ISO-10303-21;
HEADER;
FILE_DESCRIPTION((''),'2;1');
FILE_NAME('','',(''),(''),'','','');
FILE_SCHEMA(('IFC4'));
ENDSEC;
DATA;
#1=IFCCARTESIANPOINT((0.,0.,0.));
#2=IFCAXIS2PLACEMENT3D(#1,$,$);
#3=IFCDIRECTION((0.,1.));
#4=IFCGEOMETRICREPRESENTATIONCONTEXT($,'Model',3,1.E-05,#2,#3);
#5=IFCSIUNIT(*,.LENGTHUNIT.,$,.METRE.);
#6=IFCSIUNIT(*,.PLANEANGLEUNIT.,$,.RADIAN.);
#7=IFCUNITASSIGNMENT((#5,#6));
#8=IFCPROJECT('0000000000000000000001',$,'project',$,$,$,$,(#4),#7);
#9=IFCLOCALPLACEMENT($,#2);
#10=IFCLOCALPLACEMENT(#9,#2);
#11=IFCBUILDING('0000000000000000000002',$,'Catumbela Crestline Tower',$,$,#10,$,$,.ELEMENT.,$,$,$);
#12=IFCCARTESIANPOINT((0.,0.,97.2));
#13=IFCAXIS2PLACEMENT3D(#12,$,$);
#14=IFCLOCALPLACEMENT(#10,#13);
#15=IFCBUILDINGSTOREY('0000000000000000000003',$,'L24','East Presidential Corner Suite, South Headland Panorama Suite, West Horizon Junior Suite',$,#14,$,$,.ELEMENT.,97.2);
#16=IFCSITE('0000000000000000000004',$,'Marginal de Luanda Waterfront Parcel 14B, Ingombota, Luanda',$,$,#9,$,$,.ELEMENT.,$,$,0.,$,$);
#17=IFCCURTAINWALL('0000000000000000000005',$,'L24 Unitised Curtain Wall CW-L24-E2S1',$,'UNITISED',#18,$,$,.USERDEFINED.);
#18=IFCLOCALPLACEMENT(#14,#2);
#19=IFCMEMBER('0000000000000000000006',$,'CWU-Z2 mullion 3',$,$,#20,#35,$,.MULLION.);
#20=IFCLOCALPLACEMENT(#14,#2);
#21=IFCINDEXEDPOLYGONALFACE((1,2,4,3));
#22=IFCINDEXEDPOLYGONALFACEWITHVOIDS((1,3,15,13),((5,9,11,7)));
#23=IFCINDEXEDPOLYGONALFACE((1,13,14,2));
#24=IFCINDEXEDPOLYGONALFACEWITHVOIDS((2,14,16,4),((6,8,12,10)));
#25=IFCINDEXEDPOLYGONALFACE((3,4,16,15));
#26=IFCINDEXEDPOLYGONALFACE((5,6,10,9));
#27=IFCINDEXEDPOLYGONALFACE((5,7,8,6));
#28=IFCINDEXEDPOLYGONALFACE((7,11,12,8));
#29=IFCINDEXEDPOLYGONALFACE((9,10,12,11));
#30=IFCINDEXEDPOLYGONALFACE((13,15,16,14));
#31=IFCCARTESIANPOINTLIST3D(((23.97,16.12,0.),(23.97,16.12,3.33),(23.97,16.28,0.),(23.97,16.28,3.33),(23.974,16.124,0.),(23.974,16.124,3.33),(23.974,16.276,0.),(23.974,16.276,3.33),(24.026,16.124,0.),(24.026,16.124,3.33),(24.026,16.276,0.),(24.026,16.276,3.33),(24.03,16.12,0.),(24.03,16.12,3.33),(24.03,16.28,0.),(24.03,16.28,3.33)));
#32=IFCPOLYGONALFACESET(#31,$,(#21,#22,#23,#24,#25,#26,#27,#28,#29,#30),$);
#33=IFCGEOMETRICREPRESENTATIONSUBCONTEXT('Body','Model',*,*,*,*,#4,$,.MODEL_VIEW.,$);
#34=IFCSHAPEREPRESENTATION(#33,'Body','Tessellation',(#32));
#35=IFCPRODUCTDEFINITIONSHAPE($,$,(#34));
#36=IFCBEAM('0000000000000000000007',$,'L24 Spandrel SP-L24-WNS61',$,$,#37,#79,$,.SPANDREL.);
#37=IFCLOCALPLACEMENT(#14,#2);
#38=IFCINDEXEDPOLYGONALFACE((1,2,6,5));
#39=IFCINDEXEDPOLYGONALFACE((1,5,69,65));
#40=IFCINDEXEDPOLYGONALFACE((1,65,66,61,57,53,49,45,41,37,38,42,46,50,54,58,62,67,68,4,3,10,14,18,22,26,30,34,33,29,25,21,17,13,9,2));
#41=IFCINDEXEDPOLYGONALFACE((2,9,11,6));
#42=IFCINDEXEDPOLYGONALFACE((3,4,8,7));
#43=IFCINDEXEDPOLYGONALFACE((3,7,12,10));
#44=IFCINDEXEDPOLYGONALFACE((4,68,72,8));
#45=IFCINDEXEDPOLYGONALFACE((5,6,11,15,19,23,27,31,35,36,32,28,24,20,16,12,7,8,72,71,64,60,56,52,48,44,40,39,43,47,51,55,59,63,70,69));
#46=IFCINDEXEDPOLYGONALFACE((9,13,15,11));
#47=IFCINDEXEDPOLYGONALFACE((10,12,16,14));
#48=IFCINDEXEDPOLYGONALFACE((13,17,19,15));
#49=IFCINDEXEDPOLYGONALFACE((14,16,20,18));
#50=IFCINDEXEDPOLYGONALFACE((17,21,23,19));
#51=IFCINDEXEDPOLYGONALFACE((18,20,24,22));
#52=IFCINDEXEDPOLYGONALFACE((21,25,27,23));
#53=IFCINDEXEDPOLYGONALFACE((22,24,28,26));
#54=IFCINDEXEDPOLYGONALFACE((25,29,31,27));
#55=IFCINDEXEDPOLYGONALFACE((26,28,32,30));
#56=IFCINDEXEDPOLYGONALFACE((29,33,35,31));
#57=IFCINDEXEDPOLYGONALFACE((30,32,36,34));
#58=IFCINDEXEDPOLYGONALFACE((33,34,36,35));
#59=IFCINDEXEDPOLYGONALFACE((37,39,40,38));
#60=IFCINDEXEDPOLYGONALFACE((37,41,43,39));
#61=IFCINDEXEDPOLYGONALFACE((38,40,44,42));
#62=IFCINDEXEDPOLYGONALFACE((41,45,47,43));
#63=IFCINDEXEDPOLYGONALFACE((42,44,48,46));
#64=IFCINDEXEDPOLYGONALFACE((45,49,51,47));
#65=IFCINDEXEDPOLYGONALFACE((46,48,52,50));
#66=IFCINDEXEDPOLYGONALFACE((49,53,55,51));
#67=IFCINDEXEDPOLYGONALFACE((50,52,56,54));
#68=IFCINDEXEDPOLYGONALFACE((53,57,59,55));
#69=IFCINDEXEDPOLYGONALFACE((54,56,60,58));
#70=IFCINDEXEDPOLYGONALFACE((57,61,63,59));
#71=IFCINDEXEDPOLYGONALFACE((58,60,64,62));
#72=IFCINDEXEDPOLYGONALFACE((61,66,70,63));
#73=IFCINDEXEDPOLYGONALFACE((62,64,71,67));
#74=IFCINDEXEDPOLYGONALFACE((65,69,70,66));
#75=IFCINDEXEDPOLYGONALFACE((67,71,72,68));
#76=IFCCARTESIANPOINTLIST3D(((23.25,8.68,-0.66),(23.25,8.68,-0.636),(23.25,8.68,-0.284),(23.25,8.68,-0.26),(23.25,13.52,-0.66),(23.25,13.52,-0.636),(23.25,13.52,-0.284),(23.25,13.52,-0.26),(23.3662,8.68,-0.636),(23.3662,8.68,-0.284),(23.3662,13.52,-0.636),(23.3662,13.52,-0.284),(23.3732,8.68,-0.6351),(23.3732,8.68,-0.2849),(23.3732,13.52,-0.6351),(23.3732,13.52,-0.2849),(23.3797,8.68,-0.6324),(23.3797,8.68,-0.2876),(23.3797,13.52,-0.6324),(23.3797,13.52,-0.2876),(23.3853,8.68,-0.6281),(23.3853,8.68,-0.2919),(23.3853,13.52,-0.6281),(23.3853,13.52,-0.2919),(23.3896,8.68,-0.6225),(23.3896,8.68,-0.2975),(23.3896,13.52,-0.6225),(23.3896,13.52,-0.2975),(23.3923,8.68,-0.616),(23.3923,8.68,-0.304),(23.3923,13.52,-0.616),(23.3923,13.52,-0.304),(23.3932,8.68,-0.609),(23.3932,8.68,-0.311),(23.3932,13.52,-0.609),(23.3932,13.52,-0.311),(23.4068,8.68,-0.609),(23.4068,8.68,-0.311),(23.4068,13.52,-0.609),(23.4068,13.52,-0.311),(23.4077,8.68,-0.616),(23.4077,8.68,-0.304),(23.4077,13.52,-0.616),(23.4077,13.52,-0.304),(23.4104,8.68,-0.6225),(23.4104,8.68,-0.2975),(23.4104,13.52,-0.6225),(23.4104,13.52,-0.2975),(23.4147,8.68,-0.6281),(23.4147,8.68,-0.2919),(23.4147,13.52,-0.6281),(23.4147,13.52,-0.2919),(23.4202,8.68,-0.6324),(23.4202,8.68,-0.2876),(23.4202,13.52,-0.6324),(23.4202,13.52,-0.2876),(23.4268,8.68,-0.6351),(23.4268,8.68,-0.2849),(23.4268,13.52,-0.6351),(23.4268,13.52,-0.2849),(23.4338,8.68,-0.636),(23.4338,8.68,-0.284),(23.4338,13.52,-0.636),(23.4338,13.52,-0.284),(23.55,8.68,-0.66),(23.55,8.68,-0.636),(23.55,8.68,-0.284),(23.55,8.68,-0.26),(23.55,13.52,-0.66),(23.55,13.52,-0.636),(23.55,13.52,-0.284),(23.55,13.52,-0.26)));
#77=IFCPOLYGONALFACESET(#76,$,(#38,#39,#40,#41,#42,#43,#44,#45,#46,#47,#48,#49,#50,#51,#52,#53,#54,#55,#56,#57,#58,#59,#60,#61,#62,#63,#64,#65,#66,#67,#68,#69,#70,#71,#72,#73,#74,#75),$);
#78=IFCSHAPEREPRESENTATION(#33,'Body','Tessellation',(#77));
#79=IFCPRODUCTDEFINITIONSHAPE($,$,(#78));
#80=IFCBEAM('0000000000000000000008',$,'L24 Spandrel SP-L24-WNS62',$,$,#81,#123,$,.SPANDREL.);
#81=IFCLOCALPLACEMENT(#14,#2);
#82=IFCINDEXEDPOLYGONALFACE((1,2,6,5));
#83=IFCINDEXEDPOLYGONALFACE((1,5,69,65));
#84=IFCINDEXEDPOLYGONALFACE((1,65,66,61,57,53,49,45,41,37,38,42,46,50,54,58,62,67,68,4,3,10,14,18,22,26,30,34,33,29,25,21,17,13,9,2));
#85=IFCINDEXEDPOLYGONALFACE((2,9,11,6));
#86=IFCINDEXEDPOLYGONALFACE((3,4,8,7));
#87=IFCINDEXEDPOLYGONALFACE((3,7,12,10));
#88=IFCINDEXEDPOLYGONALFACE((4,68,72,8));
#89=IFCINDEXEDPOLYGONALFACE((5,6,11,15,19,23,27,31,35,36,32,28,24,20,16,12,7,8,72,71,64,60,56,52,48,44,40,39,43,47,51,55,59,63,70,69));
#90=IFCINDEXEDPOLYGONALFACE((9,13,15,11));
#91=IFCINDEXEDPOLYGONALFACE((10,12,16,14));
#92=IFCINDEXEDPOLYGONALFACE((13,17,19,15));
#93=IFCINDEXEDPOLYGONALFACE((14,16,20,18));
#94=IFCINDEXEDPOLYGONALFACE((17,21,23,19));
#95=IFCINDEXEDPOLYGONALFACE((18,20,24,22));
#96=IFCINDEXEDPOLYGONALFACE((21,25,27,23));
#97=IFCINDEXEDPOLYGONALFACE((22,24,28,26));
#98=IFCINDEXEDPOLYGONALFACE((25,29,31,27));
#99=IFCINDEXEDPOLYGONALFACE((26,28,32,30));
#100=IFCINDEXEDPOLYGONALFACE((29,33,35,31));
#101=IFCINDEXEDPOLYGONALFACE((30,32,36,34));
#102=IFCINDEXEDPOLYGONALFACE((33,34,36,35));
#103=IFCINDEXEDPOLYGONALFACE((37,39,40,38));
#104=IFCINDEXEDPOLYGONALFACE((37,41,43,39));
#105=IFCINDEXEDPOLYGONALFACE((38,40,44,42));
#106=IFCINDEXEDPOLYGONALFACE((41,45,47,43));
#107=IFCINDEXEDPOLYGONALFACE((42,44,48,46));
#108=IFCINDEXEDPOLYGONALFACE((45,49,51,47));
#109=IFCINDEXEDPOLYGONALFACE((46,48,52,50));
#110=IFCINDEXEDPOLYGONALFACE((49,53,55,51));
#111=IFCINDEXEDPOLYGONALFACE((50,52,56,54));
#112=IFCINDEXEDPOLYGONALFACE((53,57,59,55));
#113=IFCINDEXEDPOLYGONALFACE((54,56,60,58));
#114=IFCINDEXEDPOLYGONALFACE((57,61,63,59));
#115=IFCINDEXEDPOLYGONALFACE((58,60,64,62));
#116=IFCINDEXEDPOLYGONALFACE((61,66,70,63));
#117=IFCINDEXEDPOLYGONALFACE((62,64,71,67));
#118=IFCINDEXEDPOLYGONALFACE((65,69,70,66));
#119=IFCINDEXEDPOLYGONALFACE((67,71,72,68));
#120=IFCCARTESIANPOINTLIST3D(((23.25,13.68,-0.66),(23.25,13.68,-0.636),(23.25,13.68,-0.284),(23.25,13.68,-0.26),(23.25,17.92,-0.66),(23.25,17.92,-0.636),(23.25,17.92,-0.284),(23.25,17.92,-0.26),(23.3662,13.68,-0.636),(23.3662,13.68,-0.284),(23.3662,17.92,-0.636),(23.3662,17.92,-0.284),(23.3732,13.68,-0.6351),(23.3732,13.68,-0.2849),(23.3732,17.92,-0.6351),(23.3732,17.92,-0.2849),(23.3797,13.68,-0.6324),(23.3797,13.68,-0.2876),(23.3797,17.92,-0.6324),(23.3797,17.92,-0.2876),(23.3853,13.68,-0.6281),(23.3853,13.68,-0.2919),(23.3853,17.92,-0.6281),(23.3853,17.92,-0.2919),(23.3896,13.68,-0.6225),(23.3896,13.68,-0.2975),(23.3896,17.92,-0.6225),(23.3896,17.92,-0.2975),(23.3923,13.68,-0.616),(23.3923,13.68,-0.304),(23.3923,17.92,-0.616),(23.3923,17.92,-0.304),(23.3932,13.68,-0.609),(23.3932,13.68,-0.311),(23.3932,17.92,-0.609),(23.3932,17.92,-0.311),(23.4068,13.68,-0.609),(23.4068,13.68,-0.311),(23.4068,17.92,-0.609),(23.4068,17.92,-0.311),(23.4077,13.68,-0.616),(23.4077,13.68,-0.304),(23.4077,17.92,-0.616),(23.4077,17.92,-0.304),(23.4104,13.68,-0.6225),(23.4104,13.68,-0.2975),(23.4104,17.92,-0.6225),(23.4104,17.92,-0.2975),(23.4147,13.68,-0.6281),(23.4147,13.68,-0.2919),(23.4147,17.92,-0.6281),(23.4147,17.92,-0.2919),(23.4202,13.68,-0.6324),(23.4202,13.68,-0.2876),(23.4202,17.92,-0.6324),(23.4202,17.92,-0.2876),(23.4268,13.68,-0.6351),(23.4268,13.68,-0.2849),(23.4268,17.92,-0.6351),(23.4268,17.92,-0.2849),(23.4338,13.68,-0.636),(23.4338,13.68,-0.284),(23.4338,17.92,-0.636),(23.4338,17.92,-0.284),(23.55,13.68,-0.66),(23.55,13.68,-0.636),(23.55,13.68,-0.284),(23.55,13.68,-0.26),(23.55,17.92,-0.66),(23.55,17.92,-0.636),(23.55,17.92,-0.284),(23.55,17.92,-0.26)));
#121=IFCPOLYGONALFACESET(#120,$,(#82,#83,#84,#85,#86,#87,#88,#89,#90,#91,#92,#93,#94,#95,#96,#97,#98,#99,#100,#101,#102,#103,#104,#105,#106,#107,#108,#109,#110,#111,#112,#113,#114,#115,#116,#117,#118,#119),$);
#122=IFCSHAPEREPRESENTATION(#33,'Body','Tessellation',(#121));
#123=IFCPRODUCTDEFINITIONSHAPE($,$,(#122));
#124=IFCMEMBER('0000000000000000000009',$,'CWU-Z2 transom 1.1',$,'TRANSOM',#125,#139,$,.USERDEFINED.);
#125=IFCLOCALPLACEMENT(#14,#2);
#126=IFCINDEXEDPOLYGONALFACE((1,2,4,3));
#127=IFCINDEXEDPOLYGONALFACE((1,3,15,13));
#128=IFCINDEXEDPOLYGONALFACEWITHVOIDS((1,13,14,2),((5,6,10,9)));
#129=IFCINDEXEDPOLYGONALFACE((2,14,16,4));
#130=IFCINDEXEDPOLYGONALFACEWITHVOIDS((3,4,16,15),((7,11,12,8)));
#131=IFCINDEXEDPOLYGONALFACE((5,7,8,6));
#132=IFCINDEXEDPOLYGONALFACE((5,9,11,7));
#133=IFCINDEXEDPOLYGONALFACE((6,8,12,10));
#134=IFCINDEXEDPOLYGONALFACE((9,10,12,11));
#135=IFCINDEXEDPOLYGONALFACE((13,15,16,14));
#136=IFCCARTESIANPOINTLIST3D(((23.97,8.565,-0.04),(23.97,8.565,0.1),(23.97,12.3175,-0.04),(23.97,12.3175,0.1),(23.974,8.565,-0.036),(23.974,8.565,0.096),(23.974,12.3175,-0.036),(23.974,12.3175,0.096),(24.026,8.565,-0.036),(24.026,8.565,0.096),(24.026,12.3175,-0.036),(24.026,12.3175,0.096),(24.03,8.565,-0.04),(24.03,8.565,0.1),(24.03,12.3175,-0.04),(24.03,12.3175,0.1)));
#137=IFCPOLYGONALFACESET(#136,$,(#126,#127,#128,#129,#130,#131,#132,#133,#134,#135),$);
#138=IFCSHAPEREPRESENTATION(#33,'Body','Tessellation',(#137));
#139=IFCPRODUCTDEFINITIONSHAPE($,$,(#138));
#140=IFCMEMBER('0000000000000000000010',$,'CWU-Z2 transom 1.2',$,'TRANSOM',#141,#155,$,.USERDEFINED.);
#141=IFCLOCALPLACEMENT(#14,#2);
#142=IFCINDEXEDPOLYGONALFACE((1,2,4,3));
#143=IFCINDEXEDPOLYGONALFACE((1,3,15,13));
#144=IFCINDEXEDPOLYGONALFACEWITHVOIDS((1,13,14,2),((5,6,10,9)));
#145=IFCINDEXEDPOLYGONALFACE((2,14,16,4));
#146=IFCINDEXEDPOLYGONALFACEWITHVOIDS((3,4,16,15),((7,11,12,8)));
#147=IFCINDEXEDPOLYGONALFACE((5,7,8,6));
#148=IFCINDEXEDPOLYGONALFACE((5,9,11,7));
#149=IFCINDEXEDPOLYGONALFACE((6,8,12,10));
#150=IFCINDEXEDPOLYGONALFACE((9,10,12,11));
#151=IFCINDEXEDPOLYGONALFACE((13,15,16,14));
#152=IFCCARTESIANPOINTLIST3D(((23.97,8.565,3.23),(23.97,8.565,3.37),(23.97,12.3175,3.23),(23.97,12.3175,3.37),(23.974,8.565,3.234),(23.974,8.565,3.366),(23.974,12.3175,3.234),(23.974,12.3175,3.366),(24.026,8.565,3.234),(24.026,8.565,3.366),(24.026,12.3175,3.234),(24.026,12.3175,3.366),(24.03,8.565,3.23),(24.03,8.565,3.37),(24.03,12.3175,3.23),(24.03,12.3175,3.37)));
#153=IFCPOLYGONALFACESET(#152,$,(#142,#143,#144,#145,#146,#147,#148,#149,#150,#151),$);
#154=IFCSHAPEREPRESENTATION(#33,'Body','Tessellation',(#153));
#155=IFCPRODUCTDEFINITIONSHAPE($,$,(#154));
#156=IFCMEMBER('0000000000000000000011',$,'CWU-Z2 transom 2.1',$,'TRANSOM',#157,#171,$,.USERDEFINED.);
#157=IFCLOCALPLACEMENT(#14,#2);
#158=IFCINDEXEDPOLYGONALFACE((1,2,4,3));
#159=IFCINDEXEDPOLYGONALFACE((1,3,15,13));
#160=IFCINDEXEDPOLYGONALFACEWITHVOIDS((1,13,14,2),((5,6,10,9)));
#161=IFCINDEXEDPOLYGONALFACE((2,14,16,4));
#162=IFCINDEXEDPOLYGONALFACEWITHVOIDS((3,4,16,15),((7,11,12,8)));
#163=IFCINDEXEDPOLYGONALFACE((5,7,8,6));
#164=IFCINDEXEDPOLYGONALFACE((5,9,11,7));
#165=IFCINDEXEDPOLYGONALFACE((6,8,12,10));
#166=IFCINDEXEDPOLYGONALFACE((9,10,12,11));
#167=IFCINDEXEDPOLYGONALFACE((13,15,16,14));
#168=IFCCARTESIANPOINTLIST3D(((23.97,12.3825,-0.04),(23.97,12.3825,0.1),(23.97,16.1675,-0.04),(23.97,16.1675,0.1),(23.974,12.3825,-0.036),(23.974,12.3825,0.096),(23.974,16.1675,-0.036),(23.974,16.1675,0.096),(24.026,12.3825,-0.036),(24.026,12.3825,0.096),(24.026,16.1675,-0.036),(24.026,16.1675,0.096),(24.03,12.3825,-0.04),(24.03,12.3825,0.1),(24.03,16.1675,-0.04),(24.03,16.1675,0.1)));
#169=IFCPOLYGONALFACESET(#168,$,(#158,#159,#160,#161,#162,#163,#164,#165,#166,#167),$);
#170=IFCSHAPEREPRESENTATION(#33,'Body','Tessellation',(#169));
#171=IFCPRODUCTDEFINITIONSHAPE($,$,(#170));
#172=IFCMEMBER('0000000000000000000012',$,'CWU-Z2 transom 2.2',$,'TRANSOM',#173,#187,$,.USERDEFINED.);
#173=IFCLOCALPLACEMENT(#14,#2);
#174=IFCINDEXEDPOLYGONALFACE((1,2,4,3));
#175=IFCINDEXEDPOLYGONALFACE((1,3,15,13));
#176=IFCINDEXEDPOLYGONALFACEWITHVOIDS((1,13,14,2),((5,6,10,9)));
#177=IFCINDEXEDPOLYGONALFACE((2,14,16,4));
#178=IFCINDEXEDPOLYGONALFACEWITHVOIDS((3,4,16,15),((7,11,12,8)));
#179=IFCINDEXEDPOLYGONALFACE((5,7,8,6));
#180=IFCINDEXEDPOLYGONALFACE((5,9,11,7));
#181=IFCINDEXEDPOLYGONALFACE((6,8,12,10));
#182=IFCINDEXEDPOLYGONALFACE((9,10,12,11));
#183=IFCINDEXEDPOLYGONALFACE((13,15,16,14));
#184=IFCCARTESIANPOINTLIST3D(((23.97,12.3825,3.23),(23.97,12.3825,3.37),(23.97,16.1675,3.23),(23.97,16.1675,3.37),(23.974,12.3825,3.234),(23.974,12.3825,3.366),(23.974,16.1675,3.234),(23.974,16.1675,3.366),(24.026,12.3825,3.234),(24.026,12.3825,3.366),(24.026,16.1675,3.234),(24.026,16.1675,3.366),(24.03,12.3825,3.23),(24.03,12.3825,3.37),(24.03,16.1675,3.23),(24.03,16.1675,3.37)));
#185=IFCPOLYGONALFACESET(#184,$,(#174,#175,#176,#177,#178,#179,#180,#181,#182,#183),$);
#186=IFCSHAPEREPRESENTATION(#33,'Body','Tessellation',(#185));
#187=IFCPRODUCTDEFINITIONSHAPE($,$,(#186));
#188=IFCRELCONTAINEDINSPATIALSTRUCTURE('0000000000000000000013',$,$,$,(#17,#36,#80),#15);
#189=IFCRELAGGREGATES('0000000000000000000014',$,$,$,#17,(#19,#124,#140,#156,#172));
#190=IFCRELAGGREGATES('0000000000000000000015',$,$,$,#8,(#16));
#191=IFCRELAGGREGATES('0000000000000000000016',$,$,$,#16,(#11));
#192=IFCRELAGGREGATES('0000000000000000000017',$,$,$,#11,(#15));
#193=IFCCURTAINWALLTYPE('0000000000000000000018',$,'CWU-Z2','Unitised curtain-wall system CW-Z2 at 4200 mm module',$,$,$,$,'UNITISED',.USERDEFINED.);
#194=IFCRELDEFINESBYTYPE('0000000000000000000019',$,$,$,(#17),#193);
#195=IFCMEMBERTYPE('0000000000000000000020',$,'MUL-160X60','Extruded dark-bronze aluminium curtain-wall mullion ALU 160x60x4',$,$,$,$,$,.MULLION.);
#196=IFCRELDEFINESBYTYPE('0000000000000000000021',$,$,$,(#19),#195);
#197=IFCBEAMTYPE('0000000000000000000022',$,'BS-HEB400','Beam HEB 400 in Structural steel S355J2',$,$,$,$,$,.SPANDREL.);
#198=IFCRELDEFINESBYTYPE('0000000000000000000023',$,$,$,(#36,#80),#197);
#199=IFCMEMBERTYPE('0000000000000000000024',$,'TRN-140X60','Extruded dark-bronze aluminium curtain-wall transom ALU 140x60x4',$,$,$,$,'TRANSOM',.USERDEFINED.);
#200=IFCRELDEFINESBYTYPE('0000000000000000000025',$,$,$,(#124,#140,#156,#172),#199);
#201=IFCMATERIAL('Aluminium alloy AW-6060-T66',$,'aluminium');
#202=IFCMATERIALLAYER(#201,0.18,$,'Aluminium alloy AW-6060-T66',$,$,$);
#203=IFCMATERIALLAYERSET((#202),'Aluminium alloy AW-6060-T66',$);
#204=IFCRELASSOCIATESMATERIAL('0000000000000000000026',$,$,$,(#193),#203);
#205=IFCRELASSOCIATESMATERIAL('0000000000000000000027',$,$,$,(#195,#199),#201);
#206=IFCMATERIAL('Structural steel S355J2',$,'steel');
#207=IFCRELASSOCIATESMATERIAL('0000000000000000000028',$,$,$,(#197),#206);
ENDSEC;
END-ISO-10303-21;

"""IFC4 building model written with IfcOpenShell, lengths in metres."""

from ifc_helpers import new_model, si_unit, direction, frame, origin, origin_2d, place, context, subcontext, project, spatial, hollow_rectangle, i_section, extrude, material, layer, layer_set, material_profile, profile_set, type_object, element, aggregate, save


model = new_model("IFC4")

# Units and contexts
model_context = context("Model", 3, precision=1e-05, world=origin(), true_north=direction((0.0, 1.0)))
body_context = subcontext(model_context, "Body", "Model", "MODEL_VIEW")
ifc_project = project(units=[si_unit("LENGTHUNIT", "METRE"), si_unit("PLANEANGLEUNIT", "RADIAN")], contexts=[model_context])

# Site, building, storey
site_placement = place(None, origin())
site = spatial("IfcSite", under=ifc_project, at=site_placement, Name="Marginal de Luanda Waterfront Parcel 14B, Ingombota, Luanda", CompositionType="ELEMENT", RefElevation=0.0)
building_placement = place(site_placement, origin())
building = spatial("IfcBuilding", under=site, at=building_placement, Name="Catumbela Crestline Tower", CompositionType="ELEMENT")
storey_placement = place(building_placement, frame((0.0, 0.0, 97.2)))
storey = spatial("IfcBuildingStorey", under=building, at=storey_placement, Name="L24", Description="East Presidential Corner Suite, South Headland Panorama Suite, West Horizon Junior Suite", CompositionType="ELEMENT", Elevation=97.2)

# Shared definitions
ifc_material_1 = material(Name="Structural steel S355J2", Category="steel")

# Shared definitions
ifc_material_2 = material(Name="Aluminium alloy AW-6060-T66", Category="aluminium")
ifc_layer_1 = layer(ifc_material_2, 0.18, Name="Aluminium alloy AW-6060-T66")
ifc_layer_set_1 = layer_set([ifc_layer_1], Name="Aluminium alloy AW-6060-T66")
curtain_wall_type = type_object("IfcCurtainWallType", Name="CWU-Z2", Description="Unitised curtain-wall system CW-Z2 at 4200 mm module", ElementType="UNITISED", PredefinedType="USERDEFINED", material=ifc_layer_set_1)
ifc_material_profile_1 = material_profile(ifc_material_2, hollow_rectangle(XDim=0.06, YDim=0.16, WallThickness=0.004, at=origin_2d()), Name="ALU 160x60x4")
ifc_profile_set_1 = profile_set([ifc_material_profile_1], Name="Aluminium alloy AW-6060-T66")
member_type_1 = type_object("IfcMemberType", Name="MUL-160X60", Description="Extruded dark-bronze aluminium curtain-wall mullion ALU 160x60x4", PredefinedType="MULLION", material=ifc_profile_set_1)

# Curtain wall, member
curtain_wall_1_placement = place(storey_placement, origin())
curtain_wall_1 = element("IfcCurtainWall", 1, at=curtain_wall_1_placement, inside=storey, type_object=curtain_wall_type, Name="L24 Unitised Curtain Wall CW-L24-E2S1", ObjectType="UNITISED", PredefinedType="USERDEFINED")
member_1_placement = place(storey_placement, frame((24.0, 16.2, 0.0), z_axis=(0.0, 0.0, 1.0), x_axis=(-1.0, 0.0, 0.0)))
member_1 = element("IfcMember", 2, at=member_1_placement, type_object=member_type_1, Name="CWU-Z2 mullion 3", PredefinedType="MULLION", context=body_context, shape_type="SweptSolid", body=[
    extrude(hollow_rectangle(XDim=0.06, YDim=0.16, WallThickness=0.004, at=origin_2d()), origin(), (0.0, 0.0, 1.0), 3.33),
])

# Beams
ifc_material_profile_2 = material_profile(ifc_material_1, i_section(OverallWidth=0.3, OverallDepth=0.4, WebThickness=0.0135, FlangeThickness=0.024, FilletRadius=0.027, at=origin_2d()), Name="HEB 400")
ifc_profile_set_2 = profile_set([ifc_material_profile_2], Name="Structural steel S355J2")
beam_type_1 = type_object("IfcBeamType", Name="BS-HEB400", Description="Beam HEB 400 in Structural steel S355J2", PredefinedType="SPANDREL", material=ifc_profile_set_2)
beam_1_placement = place(storey_placement, frame((23.4, 8.68, -0.46), z_axis=(0.0, 1.0, 0.0), x_axis=(-1.0, 0.0, 0.0)))
element("IfcBeam", 3, at=beam_1_placement, inside=storey, type_object=beam_type_1, Name="L24 Spandrel SP-L24-WNS61", PredefinedType="SPANDREL", context=body_context, shape_type="SweptSolid", body=[
    extrude(i_section(OverallWidth=0.3, OverallDepth=0.4, WebThickness=0.0135, FlangeThickness=0.024, FilletRadius=0.027, at=origin_2d()), origin(), (0.0, 0.0, 1.0), 4.84),
])
beam_2_placement = place(storey_placement, frame((23.4, 13.68, -0.46), z_axis=(0.0, 1.0, 0.0), x_axis=(-1.0, 0.0, 0.0)))
element("IfcBeam", 4, at=beam_2_placement, inside=storey, type_object=beam_type_1, Name="L24 Spandrel SP-L24-WNS62", PredefinedType="SPANDREL", context=body_context, shape_type="SweptSolid", body=[
    extrude(i_section(OverallWidth=0.3, OverallDepth=0.4, WebThickness=0.0135, FlangeThickness=0.024, FilletRadius=0.027, at=origin_2d()), origin(), (0.0, 0.0, 1.0), 4.24),
])

# Members
ifc_material_profile_3 = material_profile(ifc_material_2, hollow_rectangle(XDim=0.06, YDim=0.14, WallThickness=0.004, at=origin_2d()), Name="ALU 140x60x4")
ifc_profile_set_3 = profile_set([ifc_material_profile_3], Name="Aluminium alloy AW-6060-T66")
member_type_2 = type_object("IfcMemberType", Name="TRN-140X60", Description="Extruded dark-bronze aluminium curtain-wall transom ALU 140x60x4", ElementType="TRANSOM", PredefinedType="USERDEFINED", material=ifc_profile_set_3)
member_2_placement = place(storey_placement, frame((24.0, 8.565, 0.03), z_axis=(0.0, 1.0, 0.0), x_axis=(-1.0, 0.0, 0.0)))
member_2 = element("IfcMember", 5, at=member_2_placement, type_object=member_type_2, Name="CWU-Z2 transom 1.1", ObjectType="TRANSOM", PredefinedType="USERDEFINED", context=body_context, shape_type="SweptSolid", body=[
    extrude(hollow_rectangle(XDim=0.06, YDim=0.14, WallThickness=0.004, at=origin_2d()), origin(), (0.0, 0.0, 1.0), 3.7525),
])
member_3_placement = place(storey_placement, frame((24.0, 8.565, 3.3), z_axis=(0.0, 1.0, 0.0), x_axis=(-1.0, 0.0, 0.0)))
member_3 = element("IfcMember", 6, at=member_3_placement, type_object=member_type_2, Name="CWU-Z2 transom 1.2", ObjectType="TRANSOM", PredefinedType="USERDEFINED", context=body_context, shape_type="SweptSolid", body=[
    extrude(hollow_rectangle(XDim=0.06, YDim=0.14, WallThickness=0.004, at=origin_2d()), origin(), (0.0, 0.0, 1.0), 3.7525),
])
member_4_placement = place(storey_placement, frame((24.0, 12.3825, 0.03), z_axis=(0.0, 1.0, 0.0), x_axis=(-1.0, 0.0, 0.0)))
member_4 = element("IfcMember", 7, at=member_4_placement, type_object=member_type_2, Name="CWU-Z2 transom 2.1", ObjectType="TRANSOM", PredefinedType="USERDEFINED", context=body_context, shape_type="SweptSolid", body=[
    extrude(hollow_rectangle(XDim=0.06, YDim=0.14, WallThickness=0.004, at=origin_2d()), origin(), (0.0, 0.0, 1.0), 3.785),
])
member_5_placement = place(storey_placement, frame((24.0, 12.3825, 3.3), z_axis=(0.0, 1.0, 0.0), x_axis=(-1.0, 0.0, 0.0)))
member_5 = element("IfcMember", 8, at=member_5_placement, type_object=member_type_2, Name="CWU-Z2 transom 2.2", ObjectType="TRANSOM", PredefinedType="USERDEFINED", context=body_context, shape_type="SweptSolid", body=[
    extrude(hollow_rectangle(XDim=0.06, YDim=0.14, WallThickness=0.004, at=origin_2d()), origin(), (0.0, 0.0, 1.0), 3.785),
])

aggregate(curtain_wall_1, [member_1, member_2, member_3, member_4, member_5])

save(model, "model.ifc")
